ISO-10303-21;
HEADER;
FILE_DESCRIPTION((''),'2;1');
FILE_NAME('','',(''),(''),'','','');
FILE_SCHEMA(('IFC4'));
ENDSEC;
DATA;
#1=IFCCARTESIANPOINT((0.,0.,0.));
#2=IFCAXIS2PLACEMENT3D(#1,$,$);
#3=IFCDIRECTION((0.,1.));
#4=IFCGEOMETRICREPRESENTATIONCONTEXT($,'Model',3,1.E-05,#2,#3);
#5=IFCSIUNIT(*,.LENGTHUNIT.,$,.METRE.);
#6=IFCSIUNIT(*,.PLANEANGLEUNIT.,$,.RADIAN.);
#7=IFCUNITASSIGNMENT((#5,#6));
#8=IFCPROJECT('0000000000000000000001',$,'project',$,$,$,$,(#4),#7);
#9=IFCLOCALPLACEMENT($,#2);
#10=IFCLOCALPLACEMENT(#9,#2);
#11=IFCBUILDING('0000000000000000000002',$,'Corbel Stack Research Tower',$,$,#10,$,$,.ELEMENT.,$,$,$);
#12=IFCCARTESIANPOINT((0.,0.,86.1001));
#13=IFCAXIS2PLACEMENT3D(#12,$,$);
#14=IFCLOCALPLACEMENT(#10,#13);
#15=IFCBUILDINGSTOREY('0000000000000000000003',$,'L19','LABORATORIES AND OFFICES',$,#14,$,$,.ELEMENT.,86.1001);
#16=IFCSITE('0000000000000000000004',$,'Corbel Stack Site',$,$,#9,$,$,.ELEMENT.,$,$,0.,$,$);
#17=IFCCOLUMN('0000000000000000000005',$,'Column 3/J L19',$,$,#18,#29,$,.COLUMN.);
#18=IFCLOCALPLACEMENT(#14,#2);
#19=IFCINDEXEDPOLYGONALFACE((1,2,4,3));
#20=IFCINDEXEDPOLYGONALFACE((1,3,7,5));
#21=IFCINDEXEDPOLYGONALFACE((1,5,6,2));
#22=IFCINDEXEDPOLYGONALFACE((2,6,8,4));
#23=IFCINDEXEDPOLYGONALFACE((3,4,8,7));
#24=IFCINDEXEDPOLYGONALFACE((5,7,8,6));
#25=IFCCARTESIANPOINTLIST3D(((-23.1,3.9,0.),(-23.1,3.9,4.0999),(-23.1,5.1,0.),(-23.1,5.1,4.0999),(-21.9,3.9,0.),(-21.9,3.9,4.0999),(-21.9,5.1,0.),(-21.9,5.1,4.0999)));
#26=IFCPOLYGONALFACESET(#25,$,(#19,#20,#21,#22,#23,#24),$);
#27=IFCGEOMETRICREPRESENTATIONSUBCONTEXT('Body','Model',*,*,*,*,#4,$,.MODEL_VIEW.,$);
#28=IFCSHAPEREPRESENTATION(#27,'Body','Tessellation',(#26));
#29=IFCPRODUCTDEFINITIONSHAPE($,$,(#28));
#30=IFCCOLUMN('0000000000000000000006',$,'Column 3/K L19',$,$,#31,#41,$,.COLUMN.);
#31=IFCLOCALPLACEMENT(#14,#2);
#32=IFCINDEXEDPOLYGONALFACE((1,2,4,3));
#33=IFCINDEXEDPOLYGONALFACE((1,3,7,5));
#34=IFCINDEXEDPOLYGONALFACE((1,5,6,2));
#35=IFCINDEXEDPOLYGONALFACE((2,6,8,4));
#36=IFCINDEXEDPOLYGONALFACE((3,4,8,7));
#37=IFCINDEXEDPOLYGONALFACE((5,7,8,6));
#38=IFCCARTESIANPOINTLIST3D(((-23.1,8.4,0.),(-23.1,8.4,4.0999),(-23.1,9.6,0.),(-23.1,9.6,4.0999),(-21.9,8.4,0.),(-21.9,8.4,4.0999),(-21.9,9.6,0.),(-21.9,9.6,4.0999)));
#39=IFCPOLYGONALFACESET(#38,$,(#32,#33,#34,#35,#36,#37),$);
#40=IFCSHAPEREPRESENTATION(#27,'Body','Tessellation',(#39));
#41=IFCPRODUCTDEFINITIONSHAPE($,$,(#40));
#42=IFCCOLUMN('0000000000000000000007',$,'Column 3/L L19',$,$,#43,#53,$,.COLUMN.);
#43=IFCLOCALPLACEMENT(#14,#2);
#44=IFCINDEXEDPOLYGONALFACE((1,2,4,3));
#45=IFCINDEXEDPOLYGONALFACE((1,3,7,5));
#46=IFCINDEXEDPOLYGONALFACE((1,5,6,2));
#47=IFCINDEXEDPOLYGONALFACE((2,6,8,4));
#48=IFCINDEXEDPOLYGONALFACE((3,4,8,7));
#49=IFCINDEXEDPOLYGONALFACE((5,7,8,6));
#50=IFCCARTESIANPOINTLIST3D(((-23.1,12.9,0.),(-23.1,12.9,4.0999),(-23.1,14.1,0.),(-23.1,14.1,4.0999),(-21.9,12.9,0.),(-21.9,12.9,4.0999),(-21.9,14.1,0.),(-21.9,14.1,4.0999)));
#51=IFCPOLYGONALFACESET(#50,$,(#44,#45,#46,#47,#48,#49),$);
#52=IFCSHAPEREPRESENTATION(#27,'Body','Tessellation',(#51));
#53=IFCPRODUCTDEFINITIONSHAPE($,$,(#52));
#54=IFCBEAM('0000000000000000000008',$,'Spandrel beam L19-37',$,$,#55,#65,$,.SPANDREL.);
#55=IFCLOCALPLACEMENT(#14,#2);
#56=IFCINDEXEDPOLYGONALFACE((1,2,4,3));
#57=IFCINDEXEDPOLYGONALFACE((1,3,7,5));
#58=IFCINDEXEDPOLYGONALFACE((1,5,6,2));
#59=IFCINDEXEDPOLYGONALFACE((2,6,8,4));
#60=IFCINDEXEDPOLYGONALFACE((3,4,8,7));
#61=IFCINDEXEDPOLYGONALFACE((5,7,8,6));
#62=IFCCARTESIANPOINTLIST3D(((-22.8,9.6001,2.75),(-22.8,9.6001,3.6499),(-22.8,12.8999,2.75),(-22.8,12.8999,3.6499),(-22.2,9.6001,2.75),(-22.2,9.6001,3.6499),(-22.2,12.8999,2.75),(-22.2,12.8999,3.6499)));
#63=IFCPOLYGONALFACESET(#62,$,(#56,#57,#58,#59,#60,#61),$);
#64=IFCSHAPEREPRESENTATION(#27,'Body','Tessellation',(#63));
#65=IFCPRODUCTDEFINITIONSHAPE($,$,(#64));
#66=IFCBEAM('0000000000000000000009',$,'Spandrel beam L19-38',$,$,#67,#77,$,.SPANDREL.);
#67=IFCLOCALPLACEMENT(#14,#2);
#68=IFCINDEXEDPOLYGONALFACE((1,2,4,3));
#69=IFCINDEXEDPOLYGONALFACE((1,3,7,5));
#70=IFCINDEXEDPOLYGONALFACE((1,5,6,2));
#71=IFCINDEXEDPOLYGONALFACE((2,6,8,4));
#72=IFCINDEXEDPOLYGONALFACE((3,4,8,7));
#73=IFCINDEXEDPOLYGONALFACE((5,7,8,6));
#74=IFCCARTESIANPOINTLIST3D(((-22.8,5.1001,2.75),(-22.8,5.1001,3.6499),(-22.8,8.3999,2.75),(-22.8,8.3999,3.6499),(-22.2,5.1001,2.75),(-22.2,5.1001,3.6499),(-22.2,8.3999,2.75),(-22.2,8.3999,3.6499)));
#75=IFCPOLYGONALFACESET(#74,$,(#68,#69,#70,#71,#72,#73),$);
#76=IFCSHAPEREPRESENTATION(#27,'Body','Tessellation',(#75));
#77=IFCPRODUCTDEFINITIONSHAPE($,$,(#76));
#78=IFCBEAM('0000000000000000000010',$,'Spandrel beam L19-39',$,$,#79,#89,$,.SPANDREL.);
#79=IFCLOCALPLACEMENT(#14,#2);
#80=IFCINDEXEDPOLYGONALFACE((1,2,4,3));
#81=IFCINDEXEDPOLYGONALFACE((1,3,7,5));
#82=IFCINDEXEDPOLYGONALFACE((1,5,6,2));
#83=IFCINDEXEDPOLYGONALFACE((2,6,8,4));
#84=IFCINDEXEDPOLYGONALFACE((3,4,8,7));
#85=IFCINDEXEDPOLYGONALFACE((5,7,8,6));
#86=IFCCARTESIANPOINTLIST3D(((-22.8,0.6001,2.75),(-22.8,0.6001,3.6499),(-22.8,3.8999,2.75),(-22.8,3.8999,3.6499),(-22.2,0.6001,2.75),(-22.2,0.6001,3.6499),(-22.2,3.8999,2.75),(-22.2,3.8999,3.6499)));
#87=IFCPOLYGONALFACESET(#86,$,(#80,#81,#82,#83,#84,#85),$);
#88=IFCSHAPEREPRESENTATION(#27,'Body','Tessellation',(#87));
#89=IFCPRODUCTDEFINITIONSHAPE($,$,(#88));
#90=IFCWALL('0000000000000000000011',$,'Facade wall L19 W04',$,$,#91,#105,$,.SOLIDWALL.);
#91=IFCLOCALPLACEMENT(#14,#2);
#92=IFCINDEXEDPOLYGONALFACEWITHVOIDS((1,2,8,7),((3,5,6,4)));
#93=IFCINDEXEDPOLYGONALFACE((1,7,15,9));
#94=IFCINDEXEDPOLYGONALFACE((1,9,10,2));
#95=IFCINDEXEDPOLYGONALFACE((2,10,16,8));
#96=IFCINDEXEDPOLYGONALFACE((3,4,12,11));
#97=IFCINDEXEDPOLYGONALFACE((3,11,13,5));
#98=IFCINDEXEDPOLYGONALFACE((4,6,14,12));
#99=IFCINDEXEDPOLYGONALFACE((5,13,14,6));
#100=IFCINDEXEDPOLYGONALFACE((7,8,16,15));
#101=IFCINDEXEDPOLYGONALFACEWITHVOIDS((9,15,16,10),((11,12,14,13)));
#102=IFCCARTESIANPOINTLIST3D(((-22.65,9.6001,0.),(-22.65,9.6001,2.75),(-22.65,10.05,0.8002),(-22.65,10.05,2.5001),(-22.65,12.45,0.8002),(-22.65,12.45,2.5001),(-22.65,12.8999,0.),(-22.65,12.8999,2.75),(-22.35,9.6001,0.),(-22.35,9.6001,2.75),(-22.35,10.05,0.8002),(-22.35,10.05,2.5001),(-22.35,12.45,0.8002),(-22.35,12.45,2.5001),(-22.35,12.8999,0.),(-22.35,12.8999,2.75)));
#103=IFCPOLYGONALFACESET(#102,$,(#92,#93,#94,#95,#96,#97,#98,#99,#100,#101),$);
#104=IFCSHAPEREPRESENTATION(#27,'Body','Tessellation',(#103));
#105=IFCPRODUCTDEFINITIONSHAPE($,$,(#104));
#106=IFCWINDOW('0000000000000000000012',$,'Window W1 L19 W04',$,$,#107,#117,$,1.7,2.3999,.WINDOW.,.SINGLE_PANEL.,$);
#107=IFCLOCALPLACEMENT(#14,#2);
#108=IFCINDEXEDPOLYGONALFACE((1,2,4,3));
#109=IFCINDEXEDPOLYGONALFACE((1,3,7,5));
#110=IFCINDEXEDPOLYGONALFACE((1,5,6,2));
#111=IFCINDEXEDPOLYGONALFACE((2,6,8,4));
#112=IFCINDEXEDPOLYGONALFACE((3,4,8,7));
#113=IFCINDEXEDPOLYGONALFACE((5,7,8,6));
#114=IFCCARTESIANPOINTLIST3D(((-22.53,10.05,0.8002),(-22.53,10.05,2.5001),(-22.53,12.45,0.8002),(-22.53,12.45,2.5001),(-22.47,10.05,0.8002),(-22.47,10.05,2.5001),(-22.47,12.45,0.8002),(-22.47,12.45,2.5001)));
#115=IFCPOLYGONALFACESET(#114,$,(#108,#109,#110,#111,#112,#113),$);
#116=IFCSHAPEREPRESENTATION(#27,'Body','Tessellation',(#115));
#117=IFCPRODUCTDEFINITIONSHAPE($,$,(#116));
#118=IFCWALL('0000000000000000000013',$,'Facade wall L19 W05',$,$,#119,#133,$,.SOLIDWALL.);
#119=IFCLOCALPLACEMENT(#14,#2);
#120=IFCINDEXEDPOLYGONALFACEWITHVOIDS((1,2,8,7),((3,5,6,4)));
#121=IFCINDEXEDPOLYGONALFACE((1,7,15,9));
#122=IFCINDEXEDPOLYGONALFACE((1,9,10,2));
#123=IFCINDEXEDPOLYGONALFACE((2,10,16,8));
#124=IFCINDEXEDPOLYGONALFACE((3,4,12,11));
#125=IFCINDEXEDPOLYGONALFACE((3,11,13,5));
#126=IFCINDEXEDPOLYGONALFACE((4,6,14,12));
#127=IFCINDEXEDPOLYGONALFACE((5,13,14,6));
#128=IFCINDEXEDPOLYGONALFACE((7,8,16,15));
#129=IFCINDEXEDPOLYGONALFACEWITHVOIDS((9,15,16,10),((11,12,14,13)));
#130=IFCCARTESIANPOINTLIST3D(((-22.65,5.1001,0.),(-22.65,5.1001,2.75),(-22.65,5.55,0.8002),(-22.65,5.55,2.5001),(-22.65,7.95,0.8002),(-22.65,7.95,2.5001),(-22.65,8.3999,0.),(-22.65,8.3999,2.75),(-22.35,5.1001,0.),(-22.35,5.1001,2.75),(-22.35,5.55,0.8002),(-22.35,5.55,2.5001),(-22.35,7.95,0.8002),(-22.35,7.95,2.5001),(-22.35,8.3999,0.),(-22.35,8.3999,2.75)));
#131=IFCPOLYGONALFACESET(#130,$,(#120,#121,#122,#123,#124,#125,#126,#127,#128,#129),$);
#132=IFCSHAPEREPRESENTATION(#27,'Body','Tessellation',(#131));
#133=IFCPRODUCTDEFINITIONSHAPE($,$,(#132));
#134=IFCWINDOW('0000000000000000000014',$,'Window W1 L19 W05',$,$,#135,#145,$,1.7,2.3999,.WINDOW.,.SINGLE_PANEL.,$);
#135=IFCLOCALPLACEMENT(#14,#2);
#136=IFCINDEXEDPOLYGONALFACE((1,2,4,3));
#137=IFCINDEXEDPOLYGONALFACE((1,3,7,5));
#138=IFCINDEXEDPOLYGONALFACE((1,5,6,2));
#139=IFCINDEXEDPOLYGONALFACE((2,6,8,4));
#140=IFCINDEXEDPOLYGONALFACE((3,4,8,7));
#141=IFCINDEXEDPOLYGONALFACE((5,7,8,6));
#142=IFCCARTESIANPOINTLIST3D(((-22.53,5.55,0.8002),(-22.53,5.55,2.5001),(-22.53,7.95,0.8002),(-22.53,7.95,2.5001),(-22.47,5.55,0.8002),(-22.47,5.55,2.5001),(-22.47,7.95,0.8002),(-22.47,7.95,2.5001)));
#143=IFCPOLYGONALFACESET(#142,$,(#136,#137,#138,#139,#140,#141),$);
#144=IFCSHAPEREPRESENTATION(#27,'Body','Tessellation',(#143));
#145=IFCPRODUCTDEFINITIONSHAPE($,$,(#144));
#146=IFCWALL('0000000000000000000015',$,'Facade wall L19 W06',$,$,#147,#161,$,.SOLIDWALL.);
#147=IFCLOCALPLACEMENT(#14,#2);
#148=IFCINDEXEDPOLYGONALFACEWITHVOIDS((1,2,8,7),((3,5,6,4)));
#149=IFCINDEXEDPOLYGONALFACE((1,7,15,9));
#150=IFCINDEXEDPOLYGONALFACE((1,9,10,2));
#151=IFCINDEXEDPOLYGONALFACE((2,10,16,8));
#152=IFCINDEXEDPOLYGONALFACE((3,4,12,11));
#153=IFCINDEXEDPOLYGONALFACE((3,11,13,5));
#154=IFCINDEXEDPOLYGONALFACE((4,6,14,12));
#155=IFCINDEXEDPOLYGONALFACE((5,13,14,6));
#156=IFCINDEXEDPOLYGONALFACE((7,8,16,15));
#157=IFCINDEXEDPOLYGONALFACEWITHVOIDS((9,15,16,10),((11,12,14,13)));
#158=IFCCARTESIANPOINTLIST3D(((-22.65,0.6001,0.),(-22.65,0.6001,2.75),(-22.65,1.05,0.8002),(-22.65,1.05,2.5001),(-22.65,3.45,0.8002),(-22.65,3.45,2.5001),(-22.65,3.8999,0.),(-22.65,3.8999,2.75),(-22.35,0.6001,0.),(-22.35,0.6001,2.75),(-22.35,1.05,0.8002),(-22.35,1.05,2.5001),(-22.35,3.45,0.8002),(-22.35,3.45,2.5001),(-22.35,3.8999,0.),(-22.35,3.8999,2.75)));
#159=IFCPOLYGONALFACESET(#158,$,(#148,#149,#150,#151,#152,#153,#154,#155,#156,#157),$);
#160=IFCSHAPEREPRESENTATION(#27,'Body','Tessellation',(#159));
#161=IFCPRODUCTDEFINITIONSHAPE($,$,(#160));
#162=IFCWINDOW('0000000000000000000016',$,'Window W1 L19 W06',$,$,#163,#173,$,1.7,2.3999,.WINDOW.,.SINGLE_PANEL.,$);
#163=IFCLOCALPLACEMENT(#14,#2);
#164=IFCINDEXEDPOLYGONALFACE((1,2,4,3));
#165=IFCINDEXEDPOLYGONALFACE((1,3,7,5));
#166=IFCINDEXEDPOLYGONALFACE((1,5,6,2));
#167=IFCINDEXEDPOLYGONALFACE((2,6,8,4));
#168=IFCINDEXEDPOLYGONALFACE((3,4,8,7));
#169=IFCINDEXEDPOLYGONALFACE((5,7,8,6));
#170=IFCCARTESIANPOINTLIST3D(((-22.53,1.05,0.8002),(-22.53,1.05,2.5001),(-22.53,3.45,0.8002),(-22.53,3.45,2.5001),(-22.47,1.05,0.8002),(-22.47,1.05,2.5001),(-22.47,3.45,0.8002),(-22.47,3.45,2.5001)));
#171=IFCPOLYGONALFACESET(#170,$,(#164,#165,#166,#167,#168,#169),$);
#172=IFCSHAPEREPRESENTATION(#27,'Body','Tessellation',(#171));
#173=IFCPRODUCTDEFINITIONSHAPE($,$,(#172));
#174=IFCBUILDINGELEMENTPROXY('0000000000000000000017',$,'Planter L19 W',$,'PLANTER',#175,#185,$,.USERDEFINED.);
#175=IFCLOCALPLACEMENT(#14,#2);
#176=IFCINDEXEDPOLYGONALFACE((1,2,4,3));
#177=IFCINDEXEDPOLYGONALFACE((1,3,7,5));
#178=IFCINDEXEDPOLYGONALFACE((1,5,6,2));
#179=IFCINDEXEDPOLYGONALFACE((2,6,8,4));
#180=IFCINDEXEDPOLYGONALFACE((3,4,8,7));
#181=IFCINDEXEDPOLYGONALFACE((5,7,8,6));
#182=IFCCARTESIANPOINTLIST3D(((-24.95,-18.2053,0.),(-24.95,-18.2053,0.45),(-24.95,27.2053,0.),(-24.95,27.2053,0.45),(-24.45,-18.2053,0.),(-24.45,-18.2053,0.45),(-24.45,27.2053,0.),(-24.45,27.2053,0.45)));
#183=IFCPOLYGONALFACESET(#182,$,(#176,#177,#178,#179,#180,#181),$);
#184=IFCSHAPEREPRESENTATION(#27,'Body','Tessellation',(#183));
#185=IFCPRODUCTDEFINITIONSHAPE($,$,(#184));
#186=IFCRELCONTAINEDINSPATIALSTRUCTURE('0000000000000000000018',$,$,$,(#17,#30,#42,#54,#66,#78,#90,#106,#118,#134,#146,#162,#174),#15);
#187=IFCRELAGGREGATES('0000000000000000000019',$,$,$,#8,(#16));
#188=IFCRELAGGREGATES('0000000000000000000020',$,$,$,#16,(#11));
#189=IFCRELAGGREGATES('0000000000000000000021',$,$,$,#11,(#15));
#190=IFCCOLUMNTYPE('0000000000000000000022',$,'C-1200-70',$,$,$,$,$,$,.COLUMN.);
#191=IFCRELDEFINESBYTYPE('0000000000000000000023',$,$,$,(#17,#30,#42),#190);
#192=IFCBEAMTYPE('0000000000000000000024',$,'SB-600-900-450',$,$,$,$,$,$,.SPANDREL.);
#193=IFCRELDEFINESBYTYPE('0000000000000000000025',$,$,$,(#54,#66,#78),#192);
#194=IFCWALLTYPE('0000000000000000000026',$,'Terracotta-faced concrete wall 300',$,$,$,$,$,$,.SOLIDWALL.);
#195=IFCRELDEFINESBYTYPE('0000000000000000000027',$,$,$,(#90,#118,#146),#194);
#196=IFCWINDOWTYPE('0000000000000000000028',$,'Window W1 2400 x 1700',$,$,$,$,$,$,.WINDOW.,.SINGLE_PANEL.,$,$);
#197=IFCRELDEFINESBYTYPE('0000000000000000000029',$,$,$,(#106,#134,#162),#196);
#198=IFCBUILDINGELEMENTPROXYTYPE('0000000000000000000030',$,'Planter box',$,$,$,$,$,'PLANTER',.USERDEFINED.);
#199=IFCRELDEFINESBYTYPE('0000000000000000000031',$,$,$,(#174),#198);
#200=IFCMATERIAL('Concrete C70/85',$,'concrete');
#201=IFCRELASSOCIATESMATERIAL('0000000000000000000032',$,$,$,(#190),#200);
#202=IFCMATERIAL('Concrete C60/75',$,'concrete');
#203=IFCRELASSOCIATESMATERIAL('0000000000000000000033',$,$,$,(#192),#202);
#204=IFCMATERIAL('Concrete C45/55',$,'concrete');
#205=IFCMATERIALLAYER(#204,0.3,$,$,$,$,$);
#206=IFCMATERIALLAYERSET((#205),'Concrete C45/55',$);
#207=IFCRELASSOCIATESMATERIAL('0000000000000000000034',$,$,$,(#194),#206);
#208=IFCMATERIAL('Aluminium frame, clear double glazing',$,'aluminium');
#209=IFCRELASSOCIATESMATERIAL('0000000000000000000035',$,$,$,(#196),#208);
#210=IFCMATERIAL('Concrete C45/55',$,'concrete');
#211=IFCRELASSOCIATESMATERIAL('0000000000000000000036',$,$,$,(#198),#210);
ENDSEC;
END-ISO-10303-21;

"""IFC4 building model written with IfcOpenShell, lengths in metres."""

from ifc_helpers import new_model, si_unit, direction, frame, frame_2d, origin, origin_2d, place, context, subcontext, project, spatial, rectangle, extrude, material, layer, layer_set, material_profile, profile_set, type_object, element, fill, save


model = new_model("IFC4")

# Units and contexts
model_context = context("Model", 3, precision=1e-05, world=origin(), true_north=direction((0.0, 1.0)))
body_context = subcontext(model_context, "Body", "Model", "MODEL_VIEW")
ifc_project = project(units=[si_unit("LENGTHUNIT", "METRE"), si_unit("PLANEANGLEUNIT", "RADIAN")], contexts=[model_context])

# Site, building, storey
site_placement = place(None, origin())
site = spatial("IfcSite", under=ifc_project, at=site_placement, Name="Corbel Stack Site", CompositionType="ELEMENT", RefElevation=0.0)
building_placement = place(site_placement, origin())
building = spatial("IfcBuilding", under=site, at=building_placement, Name="Corbel Stack Research Tower", CompositionType="ELEMENT")
storey_placement = place(building_placement, frame((0.0, 0.0, 86.1001)))
storey = spatial("IfcBuildingStorey", under=building, at=storey_placement, Name="L19", Description="LABORATORIES AND OFFICES", CompositionType="ELEMENT", Elevation=86.1001)

# Columns
ifc_material_1 = material(Name="Concrete C70/85", Category="concrete")
ifc_material_profile_1 = material_profile(ifc_material_1, rectangle(XDim=1.2, YDim=1.2, at=origin_2d()), Name="RC 1200 x 1200")
ifc_profile_set_1 = profile_set([ifc_material_profile_1], Name="Concrete C70/85")
column_type = type_object("IfcColumnType", Name="C-1200-70", PredefinedType="COLUMN", material=ifc_profile_set_1)
for number, where, z_axis, x_axis, name in (
    (1, (-22.5, 4.5, 0.0), (0.0, 0.0, 1.0), (1.0, 0.0, 0.0), "Column 3/J L19"),
    (2, (-22.5, 9.0, 0.0), (0.0, 0.0, 1.0), (1.0, 0.0, 0.0), "Column 3/K L19"),
    (3, (-22.5, 13.5, 0.0), (0.0, 0.0, 1.0), (1.0, 0.0, 0.0), "Column 3/L L19"),
):
    element("IfcColumn", number, at=place(storey_placement, frame(where, z_axis=z_axis, x_axis=x_axis)), inside=storey, type_object=column_type, Name=name, PredefinedType="COLUMN", context=body_context, shape_type="SweptSolid", body=[
        extrude(rectangle(XDim=1.2, YDim=1.2, at=origin_2d()), origin(), (0.0, 0.0, 1.0), 4.0999),
    ])

# Beams
ifc_material_2 = material(Name="Concrete C60/75", Category="concrete")
ifc_material_profile_2 = material_profile(ifc_material_2, rectangle(XDim=0.6001, YDim=0.8999, at=origin_2d()), Name="RC 600 x 900")
ifc_profile_set_2 = profile_set([ifc_material_profile_2], Name="Concrete C60/75")
beam_type = type_object("IfcBeamType", Name="SB-600-900-450", PredefinedType="SPANDREL", material=ifc_profile_set_2)
for number, where, z_axis, x_axis, name in (
    (4, (-22.5, 12.8999, 3.2), (0.0, -1.0, 0.0), (1.0, 0.0, 0.0), "Spandrel beam L19-37"),
    (5, (-22.5, 8.3999, 3.2), (0.0, -1.0, 0.0), (1.0, 0.0, 0.0), "Spandrel beam L19-38"),
    (6, (-22.5, 3.8999, 3.2), (0.0, -1.0, 0.0), (1.0, 0.0, 0.0), "Spandrel beam L19-39"),
):
    element("IfcBeam", number, at=place(storey_placement, frame(where, z_axis=z_axis, x_axis=x_axis)), inside=storey, type_object=beam_type, Name=name, PredefinedType="SPANDREL", context=body_context, shape_type="SweptSolid", body=[
        extrude(rectangle(XDim=0.6001, YDim=0.8999, at=origin_2d()), origin(), (0.0, 0.0, 1.0), 3.2998),
    ])

# Walls, openings, windows
ifc_material_3 = material(Name="Concrete C45/55", Category="concrete")
ifc_layer = layer(ifc_material_3, 0.3)
ifc_layer_set = layer_set([ifc_layer], Name="Concrete C45/55")
wall_type = type_object("IfcWallType", Name="Terracotta-faced concrete wall 300", PredefinedType="SOLIDWALL", material=ifc_layer_set)
wall_1_placement = place(storey_placement, frame((-22.5, 9.6001, 0.0), z_axis=(0.0, 0.0, 1.0), x_axis=(0.0, 1.0, 0.0)))
wall_1 = element("IfcWall", 7, at=wall_1_placement, inside=storey, type_object=wall_type, Name="Facade wall L19 W04", PredefinedType="SOLIDWALL", context=body_context, shape_type="SweptSolid", body=[
    extrude(rectangle(XDim=3.2998, YDim=0.3, at=frame_2d((1.6499, 0.0))), origin(), (0.0, 0.0, 1.0), 2.75),
])
opening_1_placement = place(wall_1_placement, frame((0.45, 0.0, 0.8)))
opening_1 = element("IfcOpeningElement", 8, at=opening_1_placement, cuts=wall_1, PredefinedType="OPENING", context=body_context, shape_type="SweptSolid", body=[
    extrude(rectangle(XDim=2.3999, YDim=1.7, at=frame_2d((1.2, 0.8501))), frame((0.0, 0.1599, 0.0), z_axis=(0.0, -1.0, 0.0), x_axis=(1.0, 0.0, 0.0)), (0.0, 0.0, 1.0), 0.3201),
])
ifc_material_4 = material(Name="Aluminium frame, clear double glazing", Category="aluminium")
window_type = type_object("IfcWindowType", Name="Window W1 2400 x 1700", PartitioningType="SINGLE_PANEL", PredefinedType="WINDOW", material=ifc_material_4)
window_1_placement = place(opening_1_placement, origin())
window_1 = element("IfcWindow", 9, at=window_1_placement, inside=storey, type_object=window_type, Name="Window W1 L19 W04", OverallHeight=1.7, OverallWidth=2.3999, PartitioningType="SINGLE_PANEL", PredefinedType="WINDOW", context=body_context, shape_type="SweptSolid", body=[
    extrude(rectangle(XDim=2.3999, YDim=1.7, at=frame_2d((1.2, 0.8501))), frame((0.0, 0.03, 0.0), z_axis=(0.0, -1.0, 0.0), x_axis=(1.0, 0.0, 0.0)), (0.0, 0.0, 1.0), 0.0601),
])
fill(opening_1, window_1)
wall_2_placement = place(storey_placement, frame((-22.5, 5.1001, 0.0), z_axis=(0.0, 0.0, 1.0), x_axis=(0.0, 1.0, 0.0)))
wall_2 = element("IfcWall", 10, at=wall_2_placement, inside=storey, type_object=wall_type, Name="Facade wall L19 W05", PredefinedType="SOLIDWALL", context=body_context, shape_type="SweptSolid", body=[
    extrude(rectangle(XDim=3.2998, YDim=0.3, at=frame_2d((1.6499, 0.0))), origin(), (0.0, 0.0, 1.0), 2.75),
])
opening_2_placement = place(wall_2_placement, frame((0.45, 0.0, 0.8)))
opening_2 = element("IfcOpeningElement", 11, at=opening_2_placement, cuts=wall_2, PredefinedType="OPENING", context=body_context, shape_type="SweptSolid", body=[
    extrude(rectangle(XDim=2.3999, YDim=1.7, at=frame_2d((1.2, 0.8501))), frame((0.0, 0.1599, 0.0), z_axis=(0.0, -1.0, 0.0), x_axis=(1.0, 0.0, 0.0)), (0.0, 0.0, 1.0), 0.3201),
])
window_2_placement = place(opening_2_placement, origin())
window_2 = element("IfcWindow", 12, at=window_2_placement, inside=storey, type_object=window_type, Name="Window W1 L19 W05", OverallHeight=1.7, OverallWidth=2.3999, PartitioningType="SINGLE_PANEL", PredefinedType="WINDOW", context=body_context, shape_type="SweptSolid", body=[
    extrude(rectangle(XDim=2.3999, YDim=1.7, at=frame_2d((1.2, 0.8501))), frame((0.0, 0.03, 0.0), z_axis=(0.0, -1.0, 0.0), x_axis=(1.0, 0.0, 0.0)), (0.0, 0.0, 1.0), 0.0601),
])
fill(opening_2, window_2)
wall_3_placement = place(storey_placement, frame((-22.5, 0.6001, 0.0), z_axis=(0.0, 0.0, 1.0), x_axis=(0.0, 1.0, 0.0)))
wall_3 = element("IfcWall", 13, at=wall_3_placement, inside=storey, type_object=wall_type, Name="Facade wall L19 W06", PredefinedType="SOLIDWALL", context=body_context, shape_type="SweptSolid", body=[
    extrude(rectangle(XDim=3.2998, YDim=0.3, at=frame_2d((1.6499, 0.0))), origin(), (0.0, 0.0, 1.0), 2.75),
])
opening_3_placement = place(wall_3_placement, frame((0.45, 0.0, 0.8)))
opening_3 = element("IfcOpeningElement", 14, at=opening_3_placement, cuts=wall_3, PredefinedType="OPENING", context=body_context, shape_type="SweptSolid", body=[
    extrude(rectangle(XDim=2.3999, YDim=1.7, at=frame_2d((1.2, 0.8501))), frame((0.0, 0.1599, 0.0), z_axis=(0.0, -1.0, 0.0), x_axis=(1.0, 0.0, 0.0)), (0.0, 0.0, 1.0), 0.3201),
])
window_3_placement = place(opening_3_placement, origin())
window_3 = element("IfcWindow", 15, at=window_3_placement, inside=storey, type_object=window_type, Name="Window W1 L19 W06", OverallHeight=1.7, OverallWidth=2.3999, PartitioningType="SINGLE_PANEL", PredefinedType="WINDOW", context=body_context, shape_type="SweptSolid", body=[
    extrude(rectangle(XDim=2.3999, YDim=1.7, at=frame_2d((1.2, 0.8501))), frame((0.0, 0.03, 0.0), z_axis=(0.0, -1.0, 0.0), x_axis=(1.0, 0.0, 0.0)), (0.0, 0.0, 1.0), 0.0601),
])
fill(opening_3, window_3)

# Building element proxy
ifc_material_5 = material(Name="Concrete C45/55", Category="concrete")
building_element_proxy_type = type_object("IfcBuildingElementProxyType", Name="Planter box", ElementType="PLANTER", PredefinedType="USERDEFINED", material=ifc_material_5)
proxy_placement = place(storey_placement, frame((-24.7, 4.5, 0.0), z_axis=(0.0, 0.0, 1.0), x_axis=(0.0, -1.0, 0.0)))
element("IfcBuildingElementProxy", 16, at=proxy_placement, inside=storey, type_object=building_element_proxy_type, Name="Planter L19 W", ObjectType="PLANTER", PredefinedType="USERDEFINED", context=body_context, shape_type="SweptSolid", body=[
    extrude(rectangle(XDim=45.4106, YDim=0.5, at=origin_2d()), origin(), (0.0, 0.0, 1.0), 0.45),
])

save(model, "model.ifc")
